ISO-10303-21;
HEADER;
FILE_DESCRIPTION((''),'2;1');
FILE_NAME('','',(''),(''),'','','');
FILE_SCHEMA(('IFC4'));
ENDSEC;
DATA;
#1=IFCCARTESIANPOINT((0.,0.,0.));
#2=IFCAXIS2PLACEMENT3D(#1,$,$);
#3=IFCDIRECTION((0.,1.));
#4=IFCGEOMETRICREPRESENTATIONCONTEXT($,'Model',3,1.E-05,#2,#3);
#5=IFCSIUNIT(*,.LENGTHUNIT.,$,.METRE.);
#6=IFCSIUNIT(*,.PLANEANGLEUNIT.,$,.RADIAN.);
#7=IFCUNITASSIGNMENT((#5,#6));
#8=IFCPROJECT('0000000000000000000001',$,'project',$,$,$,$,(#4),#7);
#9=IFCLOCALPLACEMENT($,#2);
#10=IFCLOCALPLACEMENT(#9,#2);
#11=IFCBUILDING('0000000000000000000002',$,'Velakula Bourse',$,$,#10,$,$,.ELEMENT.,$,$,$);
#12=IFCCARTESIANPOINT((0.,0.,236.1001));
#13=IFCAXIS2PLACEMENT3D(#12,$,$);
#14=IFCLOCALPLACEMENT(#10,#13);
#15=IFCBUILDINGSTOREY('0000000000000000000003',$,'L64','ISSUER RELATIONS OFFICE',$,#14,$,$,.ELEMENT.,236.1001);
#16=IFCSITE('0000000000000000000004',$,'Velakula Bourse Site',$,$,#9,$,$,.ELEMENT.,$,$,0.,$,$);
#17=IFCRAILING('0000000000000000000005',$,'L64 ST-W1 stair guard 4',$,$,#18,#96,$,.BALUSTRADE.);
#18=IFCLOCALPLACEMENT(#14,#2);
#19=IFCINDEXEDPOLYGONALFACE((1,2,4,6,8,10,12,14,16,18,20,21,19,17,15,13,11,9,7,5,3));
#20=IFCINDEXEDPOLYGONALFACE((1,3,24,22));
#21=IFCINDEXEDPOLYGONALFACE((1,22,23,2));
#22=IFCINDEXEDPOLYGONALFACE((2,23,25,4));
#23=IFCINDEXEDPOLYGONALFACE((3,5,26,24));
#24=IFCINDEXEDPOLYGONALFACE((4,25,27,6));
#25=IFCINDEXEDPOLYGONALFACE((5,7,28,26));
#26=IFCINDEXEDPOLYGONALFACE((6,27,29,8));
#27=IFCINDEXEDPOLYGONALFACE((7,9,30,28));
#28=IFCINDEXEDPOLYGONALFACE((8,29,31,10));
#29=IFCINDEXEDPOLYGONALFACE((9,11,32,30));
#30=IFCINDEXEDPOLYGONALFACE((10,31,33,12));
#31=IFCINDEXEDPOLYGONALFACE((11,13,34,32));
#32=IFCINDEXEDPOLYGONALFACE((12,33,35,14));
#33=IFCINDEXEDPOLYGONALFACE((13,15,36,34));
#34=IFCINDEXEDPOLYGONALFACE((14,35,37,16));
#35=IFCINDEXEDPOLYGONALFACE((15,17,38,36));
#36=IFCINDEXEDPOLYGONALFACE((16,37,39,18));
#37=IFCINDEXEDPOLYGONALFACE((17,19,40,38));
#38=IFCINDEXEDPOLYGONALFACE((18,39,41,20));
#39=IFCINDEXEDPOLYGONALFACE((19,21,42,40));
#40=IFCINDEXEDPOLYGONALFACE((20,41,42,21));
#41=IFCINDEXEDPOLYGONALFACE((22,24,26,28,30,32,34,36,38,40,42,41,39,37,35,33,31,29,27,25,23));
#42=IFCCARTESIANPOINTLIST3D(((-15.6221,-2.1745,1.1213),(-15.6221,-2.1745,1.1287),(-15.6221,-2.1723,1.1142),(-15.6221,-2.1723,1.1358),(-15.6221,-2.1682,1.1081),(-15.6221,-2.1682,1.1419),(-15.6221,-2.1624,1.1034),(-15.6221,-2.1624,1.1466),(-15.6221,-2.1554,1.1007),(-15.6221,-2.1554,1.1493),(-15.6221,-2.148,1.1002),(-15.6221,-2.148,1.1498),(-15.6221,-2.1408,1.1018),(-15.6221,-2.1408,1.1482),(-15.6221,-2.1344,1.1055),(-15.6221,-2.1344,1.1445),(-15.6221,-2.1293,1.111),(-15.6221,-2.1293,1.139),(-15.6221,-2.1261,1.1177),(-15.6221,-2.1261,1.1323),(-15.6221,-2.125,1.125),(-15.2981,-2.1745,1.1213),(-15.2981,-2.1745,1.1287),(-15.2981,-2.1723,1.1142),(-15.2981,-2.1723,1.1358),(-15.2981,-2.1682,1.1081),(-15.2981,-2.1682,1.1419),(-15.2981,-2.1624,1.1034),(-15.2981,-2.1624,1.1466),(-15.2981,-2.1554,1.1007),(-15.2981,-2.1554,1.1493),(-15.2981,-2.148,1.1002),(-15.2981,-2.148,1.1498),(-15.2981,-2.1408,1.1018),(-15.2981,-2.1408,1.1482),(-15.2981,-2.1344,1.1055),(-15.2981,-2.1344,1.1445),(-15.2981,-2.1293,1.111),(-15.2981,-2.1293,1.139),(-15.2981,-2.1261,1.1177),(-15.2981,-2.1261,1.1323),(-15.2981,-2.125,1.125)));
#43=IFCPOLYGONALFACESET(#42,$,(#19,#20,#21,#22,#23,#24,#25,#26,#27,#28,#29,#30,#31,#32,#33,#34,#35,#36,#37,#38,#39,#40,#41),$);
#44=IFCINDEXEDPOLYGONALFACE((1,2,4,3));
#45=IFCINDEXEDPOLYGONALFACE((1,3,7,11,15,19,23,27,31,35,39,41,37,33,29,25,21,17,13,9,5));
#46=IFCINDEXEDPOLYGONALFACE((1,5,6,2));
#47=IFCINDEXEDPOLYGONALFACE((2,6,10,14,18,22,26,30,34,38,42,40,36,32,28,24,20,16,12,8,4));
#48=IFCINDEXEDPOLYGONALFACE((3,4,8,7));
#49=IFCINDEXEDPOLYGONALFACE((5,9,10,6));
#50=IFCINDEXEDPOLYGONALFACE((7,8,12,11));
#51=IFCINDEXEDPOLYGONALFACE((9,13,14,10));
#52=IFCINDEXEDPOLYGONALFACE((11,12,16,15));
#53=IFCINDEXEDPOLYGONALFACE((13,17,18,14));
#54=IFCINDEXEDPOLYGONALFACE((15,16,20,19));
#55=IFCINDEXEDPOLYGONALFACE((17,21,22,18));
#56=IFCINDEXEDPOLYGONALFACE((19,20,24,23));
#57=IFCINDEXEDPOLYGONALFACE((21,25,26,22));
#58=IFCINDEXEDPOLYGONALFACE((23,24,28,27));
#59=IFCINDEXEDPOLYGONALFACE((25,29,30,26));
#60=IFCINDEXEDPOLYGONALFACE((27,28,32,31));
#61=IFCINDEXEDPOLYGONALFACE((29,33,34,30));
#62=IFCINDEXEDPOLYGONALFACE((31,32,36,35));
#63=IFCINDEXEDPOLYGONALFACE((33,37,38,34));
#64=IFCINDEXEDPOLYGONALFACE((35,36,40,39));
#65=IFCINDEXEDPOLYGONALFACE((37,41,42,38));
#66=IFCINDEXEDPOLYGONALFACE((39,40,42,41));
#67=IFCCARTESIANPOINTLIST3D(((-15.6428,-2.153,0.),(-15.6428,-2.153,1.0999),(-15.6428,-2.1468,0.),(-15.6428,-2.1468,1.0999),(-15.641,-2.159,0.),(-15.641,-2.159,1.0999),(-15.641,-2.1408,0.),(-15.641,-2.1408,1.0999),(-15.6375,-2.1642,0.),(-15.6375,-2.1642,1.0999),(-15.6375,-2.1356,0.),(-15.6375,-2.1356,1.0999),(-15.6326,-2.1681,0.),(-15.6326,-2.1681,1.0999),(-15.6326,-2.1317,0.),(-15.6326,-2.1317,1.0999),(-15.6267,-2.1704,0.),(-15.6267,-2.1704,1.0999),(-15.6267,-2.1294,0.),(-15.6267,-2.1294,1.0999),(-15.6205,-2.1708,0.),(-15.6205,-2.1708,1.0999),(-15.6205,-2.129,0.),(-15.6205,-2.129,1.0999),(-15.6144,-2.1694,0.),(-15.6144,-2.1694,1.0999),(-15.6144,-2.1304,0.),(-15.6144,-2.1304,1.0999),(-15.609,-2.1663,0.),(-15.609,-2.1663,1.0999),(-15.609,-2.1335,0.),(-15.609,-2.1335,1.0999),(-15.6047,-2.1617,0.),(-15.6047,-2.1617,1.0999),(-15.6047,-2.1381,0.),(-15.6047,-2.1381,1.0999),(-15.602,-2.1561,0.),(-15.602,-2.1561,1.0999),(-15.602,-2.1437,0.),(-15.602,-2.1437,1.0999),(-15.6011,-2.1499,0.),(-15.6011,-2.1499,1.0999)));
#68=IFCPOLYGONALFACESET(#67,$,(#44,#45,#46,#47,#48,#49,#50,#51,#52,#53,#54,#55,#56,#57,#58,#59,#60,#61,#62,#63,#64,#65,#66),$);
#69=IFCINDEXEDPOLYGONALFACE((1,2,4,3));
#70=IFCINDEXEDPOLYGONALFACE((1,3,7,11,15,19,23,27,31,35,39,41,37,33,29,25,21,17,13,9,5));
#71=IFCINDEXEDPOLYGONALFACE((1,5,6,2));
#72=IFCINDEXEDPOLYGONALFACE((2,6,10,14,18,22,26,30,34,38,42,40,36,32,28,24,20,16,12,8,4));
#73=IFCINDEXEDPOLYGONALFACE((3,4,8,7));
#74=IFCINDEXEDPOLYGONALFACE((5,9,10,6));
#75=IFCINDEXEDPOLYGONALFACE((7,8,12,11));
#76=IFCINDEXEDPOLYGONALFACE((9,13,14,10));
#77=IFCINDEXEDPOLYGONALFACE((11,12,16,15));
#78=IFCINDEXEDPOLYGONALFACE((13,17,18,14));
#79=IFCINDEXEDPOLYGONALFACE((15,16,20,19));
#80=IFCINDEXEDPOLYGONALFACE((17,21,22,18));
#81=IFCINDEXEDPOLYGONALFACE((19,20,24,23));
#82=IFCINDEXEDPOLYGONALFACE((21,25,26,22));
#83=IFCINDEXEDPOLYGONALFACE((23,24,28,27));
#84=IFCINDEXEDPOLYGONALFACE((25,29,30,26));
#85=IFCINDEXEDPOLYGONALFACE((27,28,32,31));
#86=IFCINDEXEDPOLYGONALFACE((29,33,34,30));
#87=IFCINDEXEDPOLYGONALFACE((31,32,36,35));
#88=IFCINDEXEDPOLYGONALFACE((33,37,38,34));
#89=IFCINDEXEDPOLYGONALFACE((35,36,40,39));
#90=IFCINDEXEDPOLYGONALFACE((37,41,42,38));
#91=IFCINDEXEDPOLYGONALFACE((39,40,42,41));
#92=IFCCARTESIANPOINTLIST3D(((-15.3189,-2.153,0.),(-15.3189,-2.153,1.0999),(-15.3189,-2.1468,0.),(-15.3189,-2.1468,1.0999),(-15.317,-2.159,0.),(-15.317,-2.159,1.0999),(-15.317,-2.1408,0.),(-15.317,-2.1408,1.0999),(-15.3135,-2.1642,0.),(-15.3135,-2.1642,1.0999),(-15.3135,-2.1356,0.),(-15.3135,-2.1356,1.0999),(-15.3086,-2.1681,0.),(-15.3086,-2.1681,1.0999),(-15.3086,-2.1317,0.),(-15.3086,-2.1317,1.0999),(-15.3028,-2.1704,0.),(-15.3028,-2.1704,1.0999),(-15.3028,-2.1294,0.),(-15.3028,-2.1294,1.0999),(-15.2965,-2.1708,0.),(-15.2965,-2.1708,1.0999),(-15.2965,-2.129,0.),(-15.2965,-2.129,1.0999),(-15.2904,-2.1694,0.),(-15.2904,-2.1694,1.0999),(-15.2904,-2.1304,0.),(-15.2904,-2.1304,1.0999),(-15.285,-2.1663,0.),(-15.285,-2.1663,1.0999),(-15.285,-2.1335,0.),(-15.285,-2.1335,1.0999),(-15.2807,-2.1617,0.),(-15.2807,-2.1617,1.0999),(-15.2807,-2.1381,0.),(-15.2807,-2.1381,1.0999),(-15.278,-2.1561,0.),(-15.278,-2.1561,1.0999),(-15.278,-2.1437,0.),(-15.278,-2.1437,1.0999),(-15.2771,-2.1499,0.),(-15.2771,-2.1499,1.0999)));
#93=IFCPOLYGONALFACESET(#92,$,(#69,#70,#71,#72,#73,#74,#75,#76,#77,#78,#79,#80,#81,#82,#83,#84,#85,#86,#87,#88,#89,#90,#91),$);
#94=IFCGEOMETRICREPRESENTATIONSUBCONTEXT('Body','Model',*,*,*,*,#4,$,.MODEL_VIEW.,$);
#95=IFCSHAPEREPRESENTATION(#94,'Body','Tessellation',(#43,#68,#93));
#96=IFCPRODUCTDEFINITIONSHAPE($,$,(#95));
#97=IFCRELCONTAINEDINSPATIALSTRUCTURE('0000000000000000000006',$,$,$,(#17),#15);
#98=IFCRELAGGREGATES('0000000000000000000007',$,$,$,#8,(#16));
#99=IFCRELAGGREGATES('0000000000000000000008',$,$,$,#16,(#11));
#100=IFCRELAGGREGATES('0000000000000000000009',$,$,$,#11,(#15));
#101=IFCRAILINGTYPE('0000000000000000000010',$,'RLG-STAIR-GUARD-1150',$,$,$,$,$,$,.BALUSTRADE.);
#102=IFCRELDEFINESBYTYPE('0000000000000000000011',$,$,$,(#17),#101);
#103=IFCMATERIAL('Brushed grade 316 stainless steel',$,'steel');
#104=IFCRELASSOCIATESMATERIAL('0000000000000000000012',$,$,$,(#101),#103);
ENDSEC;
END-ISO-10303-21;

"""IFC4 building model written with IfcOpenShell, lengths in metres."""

from ifc_helpers import new_model, si_unit, direction, frame, origin, origin_2d, place, context, subcontext, project, spatial, circle, extrude, material, type_object, element, save


model = new_model("IFC4")

# Units and contexts
model_context = context("Model", 3, precision=1e-05, world=origin(), true_north=direction((0.0, 1.0)))
body_context = subcontext(model_context, "Body", "Model", "MODEL_VIEW")
ifc_project = project(units=[si_unit("LENGTHUNIT", "METRE"), si_unit("PLANEANGLEUNIT", "RADIAN")], contexts=[model_context])

# Site, building, storey
site_placement = place(None, origin())
site = spatial("IfcSite", under=ifc_project, at=site_placement, Name="Velakula Bourse Site", CompositionType="ELEMENT", RefElevation=0.0)
building_placement = place(site_placement, origin())
building = spatial("IfcBuilding", under=site, at=building_placement, Name="Velakula Bourse", CompositionType="ELEMENT")
storey_placement = place(building_placement, frame((0.0, 0.0, 236.1001)))
storey = spatial("IfcBuildingStorey", under=building, at=storey_placement, Name="L64", Description="ISSUER RELATIONS OFFICE", CompositionType="ELEMENT", Elevation=236.1001)

# Shared definitions
ifc_material_1 = material(Name="Brushed grade 316 stainless steel", Category="steel")

# Railing
railing_type_1 = type_object("IfcRailingType", Name="RLG-STAIR-GUARD-1150", PredefinedType="BALUSTRADE", material=ifc_material_1)
railing_1_placement = place(storey_placement, frame((-15.6221, -2.1499, 0.0)))
element("IfcRailing", 1, at=railing_1_placement, inside=storey, type_object=railing_type_1, Name="L64 ST-W1 stair guard 4", PredefinedType="BALUSTRADE", context=body_context, shape_type="SweptSolid", body=[
    extrude(circle(Radius=0.0249, at=origin_2d()), frame((0.0, 0.0, 1.125), z_axis=(1.0, 0.0, 0.0), x_axis=(0.0, 1.0, 0.0)), (0.0, 0.0, 1.0), 0.324),
    extrude(circle(Radius=0.021, at=origin_2d()), origin(), (0.0, 0.0, 1.0), 1.0999),
    extrude(circle(Radius=0.021, at=origin_2d()), frame((0.324, 0.0, 0.0)), (0.0, 0.0, 1.0), 1.0999),
])

save(model, "model.ifc")
